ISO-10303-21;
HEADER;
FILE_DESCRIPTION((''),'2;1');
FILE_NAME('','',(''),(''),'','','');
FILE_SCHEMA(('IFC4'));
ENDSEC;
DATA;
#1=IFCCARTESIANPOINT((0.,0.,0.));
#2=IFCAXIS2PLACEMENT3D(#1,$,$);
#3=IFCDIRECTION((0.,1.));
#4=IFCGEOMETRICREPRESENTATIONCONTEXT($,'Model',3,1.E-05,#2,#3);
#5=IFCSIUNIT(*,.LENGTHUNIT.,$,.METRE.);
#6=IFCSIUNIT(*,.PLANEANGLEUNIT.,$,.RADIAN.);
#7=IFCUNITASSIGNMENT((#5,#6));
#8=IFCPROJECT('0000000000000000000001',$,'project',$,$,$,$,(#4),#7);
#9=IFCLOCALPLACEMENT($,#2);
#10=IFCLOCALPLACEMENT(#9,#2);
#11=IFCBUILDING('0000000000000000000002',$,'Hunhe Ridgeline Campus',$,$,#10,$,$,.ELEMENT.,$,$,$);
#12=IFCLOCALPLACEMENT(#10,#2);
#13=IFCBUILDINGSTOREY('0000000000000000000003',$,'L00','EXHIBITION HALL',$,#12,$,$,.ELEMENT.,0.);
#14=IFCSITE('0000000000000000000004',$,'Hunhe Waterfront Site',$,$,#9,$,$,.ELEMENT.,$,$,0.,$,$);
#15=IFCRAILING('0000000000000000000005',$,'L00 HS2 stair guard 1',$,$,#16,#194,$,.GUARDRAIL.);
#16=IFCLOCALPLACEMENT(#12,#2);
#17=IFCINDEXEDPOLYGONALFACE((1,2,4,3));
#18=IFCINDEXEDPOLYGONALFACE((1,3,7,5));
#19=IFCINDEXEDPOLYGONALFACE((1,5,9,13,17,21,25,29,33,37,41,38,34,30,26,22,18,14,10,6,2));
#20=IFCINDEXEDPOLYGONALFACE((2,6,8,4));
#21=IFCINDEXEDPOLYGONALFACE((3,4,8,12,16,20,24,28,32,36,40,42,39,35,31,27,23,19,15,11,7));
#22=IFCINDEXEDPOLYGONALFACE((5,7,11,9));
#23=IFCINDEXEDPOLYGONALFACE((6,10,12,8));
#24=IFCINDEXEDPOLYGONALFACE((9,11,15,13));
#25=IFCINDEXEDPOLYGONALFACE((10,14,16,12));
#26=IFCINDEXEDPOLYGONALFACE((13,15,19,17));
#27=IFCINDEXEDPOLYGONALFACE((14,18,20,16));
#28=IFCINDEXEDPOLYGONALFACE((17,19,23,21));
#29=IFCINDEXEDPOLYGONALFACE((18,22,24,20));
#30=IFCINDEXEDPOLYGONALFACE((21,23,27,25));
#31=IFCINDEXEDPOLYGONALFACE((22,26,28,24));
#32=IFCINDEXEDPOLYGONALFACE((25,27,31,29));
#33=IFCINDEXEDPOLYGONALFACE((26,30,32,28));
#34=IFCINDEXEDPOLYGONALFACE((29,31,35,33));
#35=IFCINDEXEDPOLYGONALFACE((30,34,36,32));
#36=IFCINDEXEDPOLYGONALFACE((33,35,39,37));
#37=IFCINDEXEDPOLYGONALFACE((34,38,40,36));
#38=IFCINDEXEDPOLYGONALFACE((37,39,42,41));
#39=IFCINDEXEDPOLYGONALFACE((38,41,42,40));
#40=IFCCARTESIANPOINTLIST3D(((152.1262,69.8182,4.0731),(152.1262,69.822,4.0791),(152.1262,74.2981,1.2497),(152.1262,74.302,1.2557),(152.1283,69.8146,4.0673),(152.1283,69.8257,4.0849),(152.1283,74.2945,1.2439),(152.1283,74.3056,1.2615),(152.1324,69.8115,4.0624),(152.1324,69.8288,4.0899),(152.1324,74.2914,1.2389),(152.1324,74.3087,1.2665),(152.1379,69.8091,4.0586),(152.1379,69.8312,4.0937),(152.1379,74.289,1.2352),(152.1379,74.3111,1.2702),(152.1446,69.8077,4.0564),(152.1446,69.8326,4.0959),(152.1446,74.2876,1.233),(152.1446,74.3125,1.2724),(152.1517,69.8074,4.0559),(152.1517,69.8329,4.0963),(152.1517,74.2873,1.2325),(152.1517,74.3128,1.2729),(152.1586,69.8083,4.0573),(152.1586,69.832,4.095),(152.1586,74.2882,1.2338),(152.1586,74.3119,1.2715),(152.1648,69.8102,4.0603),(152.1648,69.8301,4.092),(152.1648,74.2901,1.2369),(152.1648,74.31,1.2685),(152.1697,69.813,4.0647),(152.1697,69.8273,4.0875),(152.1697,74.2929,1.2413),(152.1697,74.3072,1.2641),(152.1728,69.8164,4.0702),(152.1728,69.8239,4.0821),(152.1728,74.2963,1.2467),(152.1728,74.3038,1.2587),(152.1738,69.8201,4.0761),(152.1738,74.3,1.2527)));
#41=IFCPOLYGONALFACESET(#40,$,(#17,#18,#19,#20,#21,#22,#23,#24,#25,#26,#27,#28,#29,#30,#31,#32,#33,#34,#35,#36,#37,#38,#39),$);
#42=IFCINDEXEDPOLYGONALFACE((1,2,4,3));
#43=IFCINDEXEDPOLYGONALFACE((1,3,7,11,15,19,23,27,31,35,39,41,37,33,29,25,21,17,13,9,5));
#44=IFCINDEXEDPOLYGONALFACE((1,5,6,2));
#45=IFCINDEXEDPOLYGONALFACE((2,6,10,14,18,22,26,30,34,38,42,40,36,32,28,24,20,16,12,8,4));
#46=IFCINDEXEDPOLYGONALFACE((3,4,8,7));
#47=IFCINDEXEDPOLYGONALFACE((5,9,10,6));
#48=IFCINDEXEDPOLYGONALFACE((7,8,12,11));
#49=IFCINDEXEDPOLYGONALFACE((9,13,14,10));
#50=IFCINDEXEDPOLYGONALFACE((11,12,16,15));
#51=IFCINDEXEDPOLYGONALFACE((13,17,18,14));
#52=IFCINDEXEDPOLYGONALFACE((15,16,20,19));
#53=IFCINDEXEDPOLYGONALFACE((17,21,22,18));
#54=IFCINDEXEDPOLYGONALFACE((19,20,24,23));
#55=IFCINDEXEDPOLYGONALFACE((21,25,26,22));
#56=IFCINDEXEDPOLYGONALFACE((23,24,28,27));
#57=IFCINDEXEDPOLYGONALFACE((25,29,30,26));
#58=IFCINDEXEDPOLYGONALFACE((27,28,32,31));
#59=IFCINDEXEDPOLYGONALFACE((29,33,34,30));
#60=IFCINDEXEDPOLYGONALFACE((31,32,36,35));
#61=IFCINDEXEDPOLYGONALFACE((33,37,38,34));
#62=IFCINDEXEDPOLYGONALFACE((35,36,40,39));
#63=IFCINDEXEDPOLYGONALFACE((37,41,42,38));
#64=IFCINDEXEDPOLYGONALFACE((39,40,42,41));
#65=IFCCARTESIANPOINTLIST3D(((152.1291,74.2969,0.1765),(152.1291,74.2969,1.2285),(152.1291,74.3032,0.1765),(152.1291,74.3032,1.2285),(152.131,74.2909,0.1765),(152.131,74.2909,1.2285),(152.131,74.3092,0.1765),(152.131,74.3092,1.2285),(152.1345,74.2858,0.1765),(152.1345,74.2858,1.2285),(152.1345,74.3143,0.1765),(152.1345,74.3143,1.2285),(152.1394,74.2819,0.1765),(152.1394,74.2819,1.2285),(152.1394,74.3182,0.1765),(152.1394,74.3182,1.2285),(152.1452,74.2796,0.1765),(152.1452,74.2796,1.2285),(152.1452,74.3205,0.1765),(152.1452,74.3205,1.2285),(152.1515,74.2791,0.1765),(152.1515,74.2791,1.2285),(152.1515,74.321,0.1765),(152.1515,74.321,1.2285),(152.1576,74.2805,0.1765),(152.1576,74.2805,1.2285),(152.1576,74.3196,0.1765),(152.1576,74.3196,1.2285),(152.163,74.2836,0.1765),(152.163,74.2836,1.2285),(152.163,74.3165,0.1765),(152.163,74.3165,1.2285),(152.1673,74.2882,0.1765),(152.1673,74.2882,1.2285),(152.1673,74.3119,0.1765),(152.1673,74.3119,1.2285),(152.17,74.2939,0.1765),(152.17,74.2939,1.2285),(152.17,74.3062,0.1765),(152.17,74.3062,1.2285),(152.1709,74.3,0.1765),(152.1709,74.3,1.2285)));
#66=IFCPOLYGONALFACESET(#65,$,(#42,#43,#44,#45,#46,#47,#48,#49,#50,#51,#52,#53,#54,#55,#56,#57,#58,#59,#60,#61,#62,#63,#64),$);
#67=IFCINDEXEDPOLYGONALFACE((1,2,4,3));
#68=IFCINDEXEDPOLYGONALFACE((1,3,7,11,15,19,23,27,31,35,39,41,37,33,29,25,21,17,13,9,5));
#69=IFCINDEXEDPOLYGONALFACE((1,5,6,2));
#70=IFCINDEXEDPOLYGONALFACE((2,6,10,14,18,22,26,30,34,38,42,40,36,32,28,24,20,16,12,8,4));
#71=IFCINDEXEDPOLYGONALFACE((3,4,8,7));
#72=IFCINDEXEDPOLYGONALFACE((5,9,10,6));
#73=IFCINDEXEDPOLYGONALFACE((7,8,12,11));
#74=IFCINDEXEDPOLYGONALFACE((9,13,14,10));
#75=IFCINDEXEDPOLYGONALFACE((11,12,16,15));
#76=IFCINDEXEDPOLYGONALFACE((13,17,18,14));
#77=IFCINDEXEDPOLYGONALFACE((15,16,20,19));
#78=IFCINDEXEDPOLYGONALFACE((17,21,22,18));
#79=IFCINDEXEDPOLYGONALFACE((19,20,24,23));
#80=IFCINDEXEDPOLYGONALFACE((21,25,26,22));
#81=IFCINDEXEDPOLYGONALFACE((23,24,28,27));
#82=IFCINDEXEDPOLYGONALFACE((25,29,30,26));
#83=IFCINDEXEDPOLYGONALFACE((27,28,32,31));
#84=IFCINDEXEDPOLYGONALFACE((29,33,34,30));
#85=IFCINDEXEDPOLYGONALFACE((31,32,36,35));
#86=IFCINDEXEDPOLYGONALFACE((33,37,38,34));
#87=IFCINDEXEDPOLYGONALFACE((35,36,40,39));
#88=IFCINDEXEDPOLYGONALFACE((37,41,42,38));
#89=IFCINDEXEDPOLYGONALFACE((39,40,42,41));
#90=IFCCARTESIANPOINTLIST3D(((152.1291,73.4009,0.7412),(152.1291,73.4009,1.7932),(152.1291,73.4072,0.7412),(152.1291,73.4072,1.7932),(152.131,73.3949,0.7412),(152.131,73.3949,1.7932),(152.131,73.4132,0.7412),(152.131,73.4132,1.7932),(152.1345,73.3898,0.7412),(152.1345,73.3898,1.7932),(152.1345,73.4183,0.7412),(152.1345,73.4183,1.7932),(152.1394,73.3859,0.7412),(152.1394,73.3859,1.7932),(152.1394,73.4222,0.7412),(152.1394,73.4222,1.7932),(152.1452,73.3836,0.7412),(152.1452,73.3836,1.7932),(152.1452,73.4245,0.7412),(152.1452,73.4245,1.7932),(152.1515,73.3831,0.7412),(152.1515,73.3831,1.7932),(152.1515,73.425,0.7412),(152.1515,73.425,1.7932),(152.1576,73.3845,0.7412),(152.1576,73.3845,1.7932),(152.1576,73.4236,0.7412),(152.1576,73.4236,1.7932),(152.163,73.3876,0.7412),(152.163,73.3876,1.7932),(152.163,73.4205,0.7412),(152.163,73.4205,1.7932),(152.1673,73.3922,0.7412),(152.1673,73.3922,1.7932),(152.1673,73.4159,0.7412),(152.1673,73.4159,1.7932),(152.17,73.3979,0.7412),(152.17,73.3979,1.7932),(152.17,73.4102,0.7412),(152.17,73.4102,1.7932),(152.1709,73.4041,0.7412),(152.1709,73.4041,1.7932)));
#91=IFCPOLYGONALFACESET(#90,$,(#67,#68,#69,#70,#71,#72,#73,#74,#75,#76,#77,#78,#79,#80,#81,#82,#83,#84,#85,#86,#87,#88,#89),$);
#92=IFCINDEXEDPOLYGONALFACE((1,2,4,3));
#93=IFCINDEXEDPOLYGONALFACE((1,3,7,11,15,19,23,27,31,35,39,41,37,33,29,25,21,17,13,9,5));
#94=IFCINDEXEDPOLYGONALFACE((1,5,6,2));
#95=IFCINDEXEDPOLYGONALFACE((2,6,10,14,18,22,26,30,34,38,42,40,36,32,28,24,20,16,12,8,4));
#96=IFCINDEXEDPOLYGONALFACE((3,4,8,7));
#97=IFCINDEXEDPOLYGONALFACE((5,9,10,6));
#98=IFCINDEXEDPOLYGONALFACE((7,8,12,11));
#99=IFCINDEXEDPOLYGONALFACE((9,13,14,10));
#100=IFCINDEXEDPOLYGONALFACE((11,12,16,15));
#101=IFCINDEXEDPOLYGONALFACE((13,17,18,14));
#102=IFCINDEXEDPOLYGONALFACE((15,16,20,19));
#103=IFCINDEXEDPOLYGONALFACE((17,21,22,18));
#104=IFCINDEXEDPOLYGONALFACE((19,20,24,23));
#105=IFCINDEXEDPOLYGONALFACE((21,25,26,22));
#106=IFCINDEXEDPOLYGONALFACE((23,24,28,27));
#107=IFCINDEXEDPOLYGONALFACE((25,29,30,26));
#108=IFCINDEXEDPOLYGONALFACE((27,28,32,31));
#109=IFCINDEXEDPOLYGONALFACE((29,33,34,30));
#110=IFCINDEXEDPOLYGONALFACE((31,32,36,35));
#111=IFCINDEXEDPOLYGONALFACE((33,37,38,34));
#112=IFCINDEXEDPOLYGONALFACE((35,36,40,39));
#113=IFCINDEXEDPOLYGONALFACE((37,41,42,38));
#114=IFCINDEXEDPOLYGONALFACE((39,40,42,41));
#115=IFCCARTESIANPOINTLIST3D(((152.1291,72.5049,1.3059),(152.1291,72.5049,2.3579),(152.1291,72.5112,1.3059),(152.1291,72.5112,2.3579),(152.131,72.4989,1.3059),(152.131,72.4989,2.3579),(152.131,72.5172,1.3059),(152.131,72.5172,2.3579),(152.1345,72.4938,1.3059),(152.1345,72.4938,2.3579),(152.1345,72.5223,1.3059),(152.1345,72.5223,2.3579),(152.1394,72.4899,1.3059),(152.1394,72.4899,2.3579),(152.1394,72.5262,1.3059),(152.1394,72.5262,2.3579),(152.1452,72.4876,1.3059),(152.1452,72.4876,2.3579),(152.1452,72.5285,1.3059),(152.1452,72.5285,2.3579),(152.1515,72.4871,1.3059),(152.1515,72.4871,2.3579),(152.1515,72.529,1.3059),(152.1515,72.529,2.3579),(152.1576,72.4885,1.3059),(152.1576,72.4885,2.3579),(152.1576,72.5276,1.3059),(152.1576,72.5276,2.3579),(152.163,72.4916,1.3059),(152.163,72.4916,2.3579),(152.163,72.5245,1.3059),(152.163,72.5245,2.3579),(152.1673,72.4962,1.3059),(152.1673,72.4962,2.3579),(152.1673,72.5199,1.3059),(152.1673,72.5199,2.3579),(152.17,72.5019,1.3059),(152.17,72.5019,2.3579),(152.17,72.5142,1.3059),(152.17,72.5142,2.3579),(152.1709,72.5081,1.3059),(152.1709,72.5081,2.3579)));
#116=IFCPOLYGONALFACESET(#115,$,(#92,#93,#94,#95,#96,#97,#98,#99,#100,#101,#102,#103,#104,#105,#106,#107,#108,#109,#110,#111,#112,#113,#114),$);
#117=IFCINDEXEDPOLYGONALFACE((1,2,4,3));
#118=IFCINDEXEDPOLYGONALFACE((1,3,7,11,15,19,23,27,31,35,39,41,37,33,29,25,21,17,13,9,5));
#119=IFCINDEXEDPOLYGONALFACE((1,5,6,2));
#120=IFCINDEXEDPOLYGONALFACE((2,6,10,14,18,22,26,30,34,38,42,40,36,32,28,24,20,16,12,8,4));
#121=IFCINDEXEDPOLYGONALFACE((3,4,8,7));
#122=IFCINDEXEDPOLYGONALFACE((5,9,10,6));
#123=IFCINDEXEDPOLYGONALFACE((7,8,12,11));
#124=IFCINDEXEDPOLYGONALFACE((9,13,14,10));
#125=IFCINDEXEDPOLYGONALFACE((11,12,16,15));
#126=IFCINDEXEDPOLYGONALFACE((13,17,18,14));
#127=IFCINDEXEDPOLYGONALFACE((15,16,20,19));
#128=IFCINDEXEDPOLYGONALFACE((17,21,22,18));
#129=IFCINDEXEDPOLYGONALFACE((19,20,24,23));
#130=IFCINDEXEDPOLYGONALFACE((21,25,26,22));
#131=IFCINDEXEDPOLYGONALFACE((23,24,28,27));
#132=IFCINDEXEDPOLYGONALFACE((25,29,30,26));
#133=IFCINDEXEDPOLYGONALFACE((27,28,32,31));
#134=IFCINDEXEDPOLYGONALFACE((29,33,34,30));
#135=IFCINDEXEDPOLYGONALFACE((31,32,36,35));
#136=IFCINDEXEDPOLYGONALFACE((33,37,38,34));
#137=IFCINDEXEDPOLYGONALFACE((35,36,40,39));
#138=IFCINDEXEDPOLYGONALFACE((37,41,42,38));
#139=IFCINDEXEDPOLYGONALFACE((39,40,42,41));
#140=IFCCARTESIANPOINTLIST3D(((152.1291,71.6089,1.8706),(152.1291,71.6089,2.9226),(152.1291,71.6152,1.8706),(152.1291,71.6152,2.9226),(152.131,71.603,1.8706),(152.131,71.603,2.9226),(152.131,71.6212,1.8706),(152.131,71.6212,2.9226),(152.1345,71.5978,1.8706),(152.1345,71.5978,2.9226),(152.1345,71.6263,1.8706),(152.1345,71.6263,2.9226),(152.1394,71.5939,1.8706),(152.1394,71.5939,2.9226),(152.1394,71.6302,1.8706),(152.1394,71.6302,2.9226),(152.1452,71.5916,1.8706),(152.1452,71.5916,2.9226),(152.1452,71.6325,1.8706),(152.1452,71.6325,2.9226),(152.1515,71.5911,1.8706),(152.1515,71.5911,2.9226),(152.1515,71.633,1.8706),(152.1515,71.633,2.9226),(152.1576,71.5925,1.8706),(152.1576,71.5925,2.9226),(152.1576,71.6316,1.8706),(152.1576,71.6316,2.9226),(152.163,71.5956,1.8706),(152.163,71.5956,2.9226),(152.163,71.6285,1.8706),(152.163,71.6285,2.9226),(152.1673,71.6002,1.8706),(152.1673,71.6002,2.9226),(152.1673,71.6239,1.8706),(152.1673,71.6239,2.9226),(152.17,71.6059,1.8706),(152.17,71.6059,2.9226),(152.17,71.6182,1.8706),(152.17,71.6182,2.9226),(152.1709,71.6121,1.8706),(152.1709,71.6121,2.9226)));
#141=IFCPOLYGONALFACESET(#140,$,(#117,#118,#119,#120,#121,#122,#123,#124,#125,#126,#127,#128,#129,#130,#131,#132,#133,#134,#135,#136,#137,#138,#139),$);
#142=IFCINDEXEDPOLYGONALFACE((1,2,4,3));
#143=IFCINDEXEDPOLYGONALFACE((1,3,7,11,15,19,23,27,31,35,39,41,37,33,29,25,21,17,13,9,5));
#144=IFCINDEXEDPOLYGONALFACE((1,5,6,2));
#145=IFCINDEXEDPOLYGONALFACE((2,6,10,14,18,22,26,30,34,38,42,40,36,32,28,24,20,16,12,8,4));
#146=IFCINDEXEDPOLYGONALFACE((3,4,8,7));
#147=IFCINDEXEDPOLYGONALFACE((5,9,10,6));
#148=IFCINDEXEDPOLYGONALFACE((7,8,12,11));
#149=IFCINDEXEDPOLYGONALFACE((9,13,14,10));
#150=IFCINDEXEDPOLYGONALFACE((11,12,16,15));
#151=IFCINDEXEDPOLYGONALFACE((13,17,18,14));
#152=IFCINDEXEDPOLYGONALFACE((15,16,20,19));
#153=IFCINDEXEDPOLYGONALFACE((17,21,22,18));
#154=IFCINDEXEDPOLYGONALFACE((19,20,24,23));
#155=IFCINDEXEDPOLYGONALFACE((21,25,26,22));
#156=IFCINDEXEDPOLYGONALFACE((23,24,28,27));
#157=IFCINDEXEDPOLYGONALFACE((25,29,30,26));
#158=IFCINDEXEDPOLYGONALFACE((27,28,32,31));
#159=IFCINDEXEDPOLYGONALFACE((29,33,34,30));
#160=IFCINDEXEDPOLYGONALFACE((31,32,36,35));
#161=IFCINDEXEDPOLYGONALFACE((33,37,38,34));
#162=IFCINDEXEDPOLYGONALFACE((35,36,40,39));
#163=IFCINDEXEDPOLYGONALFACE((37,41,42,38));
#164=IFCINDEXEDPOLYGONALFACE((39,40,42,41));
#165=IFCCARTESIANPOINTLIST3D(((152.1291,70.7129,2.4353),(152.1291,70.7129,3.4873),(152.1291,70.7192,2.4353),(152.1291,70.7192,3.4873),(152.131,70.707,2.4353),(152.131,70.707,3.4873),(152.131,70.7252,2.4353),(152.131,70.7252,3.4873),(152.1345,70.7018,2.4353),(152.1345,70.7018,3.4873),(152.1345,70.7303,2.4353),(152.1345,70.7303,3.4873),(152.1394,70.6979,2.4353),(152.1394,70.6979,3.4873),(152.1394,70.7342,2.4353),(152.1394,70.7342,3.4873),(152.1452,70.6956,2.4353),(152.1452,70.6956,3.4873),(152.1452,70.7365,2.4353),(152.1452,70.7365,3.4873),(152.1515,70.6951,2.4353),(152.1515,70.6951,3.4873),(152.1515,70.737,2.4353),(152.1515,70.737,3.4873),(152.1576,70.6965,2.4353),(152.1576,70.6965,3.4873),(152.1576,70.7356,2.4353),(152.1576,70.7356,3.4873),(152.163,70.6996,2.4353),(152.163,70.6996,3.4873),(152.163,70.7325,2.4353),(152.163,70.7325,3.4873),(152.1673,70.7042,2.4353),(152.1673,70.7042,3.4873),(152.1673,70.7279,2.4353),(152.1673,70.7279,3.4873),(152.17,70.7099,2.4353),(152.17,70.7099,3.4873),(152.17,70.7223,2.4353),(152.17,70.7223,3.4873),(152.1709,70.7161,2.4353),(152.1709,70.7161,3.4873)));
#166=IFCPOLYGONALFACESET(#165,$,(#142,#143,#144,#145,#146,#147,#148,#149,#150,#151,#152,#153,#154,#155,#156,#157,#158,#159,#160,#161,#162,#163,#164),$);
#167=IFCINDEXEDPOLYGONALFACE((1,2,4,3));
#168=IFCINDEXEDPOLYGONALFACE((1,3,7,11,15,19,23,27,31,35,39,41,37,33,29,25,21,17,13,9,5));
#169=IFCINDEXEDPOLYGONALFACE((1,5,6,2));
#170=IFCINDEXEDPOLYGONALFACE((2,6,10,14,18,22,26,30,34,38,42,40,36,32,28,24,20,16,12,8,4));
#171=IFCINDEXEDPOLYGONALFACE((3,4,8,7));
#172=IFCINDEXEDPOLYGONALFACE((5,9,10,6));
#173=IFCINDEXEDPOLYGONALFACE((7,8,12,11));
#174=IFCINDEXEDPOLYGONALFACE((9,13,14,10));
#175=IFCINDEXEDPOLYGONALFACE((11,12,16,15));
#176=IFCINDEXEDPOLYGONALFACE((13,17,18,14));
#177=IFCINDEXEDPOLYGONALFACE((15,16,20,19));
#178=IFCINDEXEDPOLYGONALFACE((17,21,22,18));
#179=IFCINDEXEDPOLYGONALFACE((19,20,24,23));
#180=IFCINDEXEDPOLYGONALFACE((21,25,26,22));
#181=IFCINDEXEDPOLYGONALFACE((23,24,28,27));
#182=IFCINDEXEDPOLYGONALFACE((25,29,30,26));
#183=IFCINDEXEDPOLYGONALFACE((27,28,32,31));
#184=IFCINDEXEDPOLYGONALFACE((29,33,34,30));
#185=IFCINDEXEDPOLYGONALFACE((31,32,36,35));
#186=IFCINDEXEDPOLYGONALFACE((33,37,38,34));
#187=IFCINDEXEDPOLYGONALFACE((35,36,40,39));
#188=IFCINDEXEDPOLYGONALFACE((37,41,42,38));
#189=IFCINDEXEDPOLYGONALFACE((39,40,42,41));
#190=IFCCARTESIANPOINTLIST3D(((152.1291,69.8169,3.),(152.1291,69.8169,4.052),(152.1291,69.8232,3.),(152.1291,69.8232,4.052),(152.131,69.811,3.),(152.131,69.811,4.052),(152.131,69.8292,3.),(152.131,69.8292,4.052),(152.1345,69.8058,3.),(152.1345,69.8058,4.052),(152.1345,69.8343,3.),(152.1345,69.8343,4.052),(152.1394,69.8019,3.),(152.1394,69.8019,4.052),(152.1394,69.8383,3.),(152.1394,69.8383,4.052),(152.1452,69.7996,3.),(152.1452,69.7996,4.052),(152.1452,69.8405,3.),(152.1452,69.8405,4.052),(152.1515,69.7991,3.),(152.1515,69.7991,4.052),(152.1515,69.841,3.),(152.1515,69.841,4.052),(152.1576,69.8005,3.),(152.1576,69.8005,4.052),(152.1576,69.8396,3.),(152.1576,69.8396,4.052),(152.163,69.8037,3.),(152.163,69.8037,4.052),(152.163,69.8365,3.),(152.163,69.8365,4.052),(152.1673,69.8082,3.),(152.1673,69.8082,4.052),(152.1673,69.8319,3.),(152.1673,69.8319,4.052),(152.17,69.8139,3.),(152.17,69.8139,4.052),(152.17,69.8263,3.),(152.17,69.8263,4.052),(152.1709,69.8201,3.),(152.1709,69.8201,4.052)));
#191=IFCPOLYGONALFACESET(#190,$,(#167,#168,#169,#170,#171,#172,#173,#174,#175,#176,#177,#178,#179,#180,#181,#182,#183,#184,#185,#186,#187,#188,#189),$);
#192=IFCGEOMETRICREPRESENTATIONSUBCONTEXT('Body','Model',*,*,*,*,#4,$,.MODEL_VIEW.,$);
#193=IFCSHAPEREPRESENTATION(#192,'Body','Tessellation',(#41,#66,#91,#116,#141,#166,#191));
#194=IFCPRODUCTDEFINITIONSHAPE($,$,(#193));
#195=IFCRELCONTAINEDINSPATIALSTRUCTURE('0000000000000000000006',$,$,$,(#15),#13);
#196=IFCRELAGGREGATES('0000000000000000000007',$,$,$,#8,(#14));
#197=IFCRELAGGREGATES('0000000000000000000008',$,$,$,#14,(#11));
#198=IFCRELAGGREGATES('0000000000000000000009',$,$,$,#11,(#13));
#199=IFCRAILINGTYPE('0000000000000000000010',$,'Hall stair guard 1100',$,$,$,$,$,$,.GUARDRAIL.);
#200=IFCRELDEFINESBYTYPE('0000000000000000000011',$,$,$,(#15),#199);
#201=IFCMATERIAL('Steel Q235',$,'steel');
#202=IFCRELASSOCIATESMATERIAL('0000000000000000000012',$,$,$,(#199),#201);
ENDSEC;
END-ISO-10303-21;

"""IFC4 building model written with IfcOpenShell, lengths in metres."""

from ifc_helpers import new_model, si_unit, direction, frame, origin, origin_2d, place, context, subcontext, project, spatial, circle, extrude, material, type_object, element, save


model = new_model("IFC4")

# Units and contexts
model_context = context("Model", 3, precision=1e-05, world=origin(), true_north=direction((0.0, 1.0)))
body_context = subcontext(model_context, "Body", "Model", "MODEL_VIEW")
ifc_project = project(units=[si_unit("LENGTHUNIT", "METRE"), si_unit("PLANEANGLEUNIT", "RADIAN")], contexts=[model_context])

# Site, building, storey
site_placement = place(None, origin())
site = spatial("IfcSite", under=ifc_project, at=site_placement, Name="Hunhe Waterfront Site", CompositionType="ELEMENT", RefElevation=0.0)
building_placement = place(site_placement, origin())
building = spatial("IfcBuilding", under=site, at=building_placement, Name="Hunhe Ridgeline Campus", CompositionType="ELEMENT")
storey_placement = place(building_placement, origin())
storey = spatial("IfcBuildingStorey", under=building, at=storey_placement, Name="L00", Description="EXHIBITION HALL", CompositionType="ELEMENT", Elevation=0.0)

# Shared definitions
ifc_material_1 = material(Name="Steel Q235", Category="steel")

# Railing
railing_type_1 = type_object("IfcRailingType", Name="Hall stair guard 1100", PredefinedType="GUARDRAIL", material=ifc_material_1)
railing_1_placement = place(storey_placement, frame((152.1499, 74.3, 0.1765)))
element("IfcRailing", 1, at=railing_1_placement, inside=storey, type_object=railing_type_1, Name="L00 HS2 stair guard 1", PredefinedType="GUARDRAIL", context=body_context, shape_type="SweptSolid", body=[
    extrude(circle(Radius=0.0239, at=origin_2d()), frame((0.0, 0.0, 1.0762), z_axis=(0.0, -0.845998, 0.533186), x_axis=(1.0, 0.0, 0.0)), (0.0, 0.0, 1.0), 5.2954),
    extrude(circle(Radius=0.021, at=origin_2d()), origin(), (0.0, 0.0, 1.0), 1.052),
    extrude(circle(Radius=0.021, at=origin_2d()), frame((0.0, -0.896, 0.5647)), (0.0, 0.0, 1.0), 1.052),
    extrude(circle(Radius=0.021, at=origin_2d()), frame((0.0, -1.792, 1.1294)), (0.0, 0.0, 1.0), 1.052),
    extrude(circle(Radius=0.021, at=origin_2d()), frame((0.0, -2.688, 1.6941)), (0.0, 0.0, 1.0), 1.052),
    extrude(circle(Radius=0.021, at=origin_2d()), frame((0.0, -3.584, 2.2588)), (0.0, 0.0, 1.0), 1.052),
    extrude(circle(Radius=0.021, at=origin_2d()), frame((0.0, -4.48, 2.8235)), (0.0, 0.0, 1.0), 1.052),
])

save(model, "model.ifc")
